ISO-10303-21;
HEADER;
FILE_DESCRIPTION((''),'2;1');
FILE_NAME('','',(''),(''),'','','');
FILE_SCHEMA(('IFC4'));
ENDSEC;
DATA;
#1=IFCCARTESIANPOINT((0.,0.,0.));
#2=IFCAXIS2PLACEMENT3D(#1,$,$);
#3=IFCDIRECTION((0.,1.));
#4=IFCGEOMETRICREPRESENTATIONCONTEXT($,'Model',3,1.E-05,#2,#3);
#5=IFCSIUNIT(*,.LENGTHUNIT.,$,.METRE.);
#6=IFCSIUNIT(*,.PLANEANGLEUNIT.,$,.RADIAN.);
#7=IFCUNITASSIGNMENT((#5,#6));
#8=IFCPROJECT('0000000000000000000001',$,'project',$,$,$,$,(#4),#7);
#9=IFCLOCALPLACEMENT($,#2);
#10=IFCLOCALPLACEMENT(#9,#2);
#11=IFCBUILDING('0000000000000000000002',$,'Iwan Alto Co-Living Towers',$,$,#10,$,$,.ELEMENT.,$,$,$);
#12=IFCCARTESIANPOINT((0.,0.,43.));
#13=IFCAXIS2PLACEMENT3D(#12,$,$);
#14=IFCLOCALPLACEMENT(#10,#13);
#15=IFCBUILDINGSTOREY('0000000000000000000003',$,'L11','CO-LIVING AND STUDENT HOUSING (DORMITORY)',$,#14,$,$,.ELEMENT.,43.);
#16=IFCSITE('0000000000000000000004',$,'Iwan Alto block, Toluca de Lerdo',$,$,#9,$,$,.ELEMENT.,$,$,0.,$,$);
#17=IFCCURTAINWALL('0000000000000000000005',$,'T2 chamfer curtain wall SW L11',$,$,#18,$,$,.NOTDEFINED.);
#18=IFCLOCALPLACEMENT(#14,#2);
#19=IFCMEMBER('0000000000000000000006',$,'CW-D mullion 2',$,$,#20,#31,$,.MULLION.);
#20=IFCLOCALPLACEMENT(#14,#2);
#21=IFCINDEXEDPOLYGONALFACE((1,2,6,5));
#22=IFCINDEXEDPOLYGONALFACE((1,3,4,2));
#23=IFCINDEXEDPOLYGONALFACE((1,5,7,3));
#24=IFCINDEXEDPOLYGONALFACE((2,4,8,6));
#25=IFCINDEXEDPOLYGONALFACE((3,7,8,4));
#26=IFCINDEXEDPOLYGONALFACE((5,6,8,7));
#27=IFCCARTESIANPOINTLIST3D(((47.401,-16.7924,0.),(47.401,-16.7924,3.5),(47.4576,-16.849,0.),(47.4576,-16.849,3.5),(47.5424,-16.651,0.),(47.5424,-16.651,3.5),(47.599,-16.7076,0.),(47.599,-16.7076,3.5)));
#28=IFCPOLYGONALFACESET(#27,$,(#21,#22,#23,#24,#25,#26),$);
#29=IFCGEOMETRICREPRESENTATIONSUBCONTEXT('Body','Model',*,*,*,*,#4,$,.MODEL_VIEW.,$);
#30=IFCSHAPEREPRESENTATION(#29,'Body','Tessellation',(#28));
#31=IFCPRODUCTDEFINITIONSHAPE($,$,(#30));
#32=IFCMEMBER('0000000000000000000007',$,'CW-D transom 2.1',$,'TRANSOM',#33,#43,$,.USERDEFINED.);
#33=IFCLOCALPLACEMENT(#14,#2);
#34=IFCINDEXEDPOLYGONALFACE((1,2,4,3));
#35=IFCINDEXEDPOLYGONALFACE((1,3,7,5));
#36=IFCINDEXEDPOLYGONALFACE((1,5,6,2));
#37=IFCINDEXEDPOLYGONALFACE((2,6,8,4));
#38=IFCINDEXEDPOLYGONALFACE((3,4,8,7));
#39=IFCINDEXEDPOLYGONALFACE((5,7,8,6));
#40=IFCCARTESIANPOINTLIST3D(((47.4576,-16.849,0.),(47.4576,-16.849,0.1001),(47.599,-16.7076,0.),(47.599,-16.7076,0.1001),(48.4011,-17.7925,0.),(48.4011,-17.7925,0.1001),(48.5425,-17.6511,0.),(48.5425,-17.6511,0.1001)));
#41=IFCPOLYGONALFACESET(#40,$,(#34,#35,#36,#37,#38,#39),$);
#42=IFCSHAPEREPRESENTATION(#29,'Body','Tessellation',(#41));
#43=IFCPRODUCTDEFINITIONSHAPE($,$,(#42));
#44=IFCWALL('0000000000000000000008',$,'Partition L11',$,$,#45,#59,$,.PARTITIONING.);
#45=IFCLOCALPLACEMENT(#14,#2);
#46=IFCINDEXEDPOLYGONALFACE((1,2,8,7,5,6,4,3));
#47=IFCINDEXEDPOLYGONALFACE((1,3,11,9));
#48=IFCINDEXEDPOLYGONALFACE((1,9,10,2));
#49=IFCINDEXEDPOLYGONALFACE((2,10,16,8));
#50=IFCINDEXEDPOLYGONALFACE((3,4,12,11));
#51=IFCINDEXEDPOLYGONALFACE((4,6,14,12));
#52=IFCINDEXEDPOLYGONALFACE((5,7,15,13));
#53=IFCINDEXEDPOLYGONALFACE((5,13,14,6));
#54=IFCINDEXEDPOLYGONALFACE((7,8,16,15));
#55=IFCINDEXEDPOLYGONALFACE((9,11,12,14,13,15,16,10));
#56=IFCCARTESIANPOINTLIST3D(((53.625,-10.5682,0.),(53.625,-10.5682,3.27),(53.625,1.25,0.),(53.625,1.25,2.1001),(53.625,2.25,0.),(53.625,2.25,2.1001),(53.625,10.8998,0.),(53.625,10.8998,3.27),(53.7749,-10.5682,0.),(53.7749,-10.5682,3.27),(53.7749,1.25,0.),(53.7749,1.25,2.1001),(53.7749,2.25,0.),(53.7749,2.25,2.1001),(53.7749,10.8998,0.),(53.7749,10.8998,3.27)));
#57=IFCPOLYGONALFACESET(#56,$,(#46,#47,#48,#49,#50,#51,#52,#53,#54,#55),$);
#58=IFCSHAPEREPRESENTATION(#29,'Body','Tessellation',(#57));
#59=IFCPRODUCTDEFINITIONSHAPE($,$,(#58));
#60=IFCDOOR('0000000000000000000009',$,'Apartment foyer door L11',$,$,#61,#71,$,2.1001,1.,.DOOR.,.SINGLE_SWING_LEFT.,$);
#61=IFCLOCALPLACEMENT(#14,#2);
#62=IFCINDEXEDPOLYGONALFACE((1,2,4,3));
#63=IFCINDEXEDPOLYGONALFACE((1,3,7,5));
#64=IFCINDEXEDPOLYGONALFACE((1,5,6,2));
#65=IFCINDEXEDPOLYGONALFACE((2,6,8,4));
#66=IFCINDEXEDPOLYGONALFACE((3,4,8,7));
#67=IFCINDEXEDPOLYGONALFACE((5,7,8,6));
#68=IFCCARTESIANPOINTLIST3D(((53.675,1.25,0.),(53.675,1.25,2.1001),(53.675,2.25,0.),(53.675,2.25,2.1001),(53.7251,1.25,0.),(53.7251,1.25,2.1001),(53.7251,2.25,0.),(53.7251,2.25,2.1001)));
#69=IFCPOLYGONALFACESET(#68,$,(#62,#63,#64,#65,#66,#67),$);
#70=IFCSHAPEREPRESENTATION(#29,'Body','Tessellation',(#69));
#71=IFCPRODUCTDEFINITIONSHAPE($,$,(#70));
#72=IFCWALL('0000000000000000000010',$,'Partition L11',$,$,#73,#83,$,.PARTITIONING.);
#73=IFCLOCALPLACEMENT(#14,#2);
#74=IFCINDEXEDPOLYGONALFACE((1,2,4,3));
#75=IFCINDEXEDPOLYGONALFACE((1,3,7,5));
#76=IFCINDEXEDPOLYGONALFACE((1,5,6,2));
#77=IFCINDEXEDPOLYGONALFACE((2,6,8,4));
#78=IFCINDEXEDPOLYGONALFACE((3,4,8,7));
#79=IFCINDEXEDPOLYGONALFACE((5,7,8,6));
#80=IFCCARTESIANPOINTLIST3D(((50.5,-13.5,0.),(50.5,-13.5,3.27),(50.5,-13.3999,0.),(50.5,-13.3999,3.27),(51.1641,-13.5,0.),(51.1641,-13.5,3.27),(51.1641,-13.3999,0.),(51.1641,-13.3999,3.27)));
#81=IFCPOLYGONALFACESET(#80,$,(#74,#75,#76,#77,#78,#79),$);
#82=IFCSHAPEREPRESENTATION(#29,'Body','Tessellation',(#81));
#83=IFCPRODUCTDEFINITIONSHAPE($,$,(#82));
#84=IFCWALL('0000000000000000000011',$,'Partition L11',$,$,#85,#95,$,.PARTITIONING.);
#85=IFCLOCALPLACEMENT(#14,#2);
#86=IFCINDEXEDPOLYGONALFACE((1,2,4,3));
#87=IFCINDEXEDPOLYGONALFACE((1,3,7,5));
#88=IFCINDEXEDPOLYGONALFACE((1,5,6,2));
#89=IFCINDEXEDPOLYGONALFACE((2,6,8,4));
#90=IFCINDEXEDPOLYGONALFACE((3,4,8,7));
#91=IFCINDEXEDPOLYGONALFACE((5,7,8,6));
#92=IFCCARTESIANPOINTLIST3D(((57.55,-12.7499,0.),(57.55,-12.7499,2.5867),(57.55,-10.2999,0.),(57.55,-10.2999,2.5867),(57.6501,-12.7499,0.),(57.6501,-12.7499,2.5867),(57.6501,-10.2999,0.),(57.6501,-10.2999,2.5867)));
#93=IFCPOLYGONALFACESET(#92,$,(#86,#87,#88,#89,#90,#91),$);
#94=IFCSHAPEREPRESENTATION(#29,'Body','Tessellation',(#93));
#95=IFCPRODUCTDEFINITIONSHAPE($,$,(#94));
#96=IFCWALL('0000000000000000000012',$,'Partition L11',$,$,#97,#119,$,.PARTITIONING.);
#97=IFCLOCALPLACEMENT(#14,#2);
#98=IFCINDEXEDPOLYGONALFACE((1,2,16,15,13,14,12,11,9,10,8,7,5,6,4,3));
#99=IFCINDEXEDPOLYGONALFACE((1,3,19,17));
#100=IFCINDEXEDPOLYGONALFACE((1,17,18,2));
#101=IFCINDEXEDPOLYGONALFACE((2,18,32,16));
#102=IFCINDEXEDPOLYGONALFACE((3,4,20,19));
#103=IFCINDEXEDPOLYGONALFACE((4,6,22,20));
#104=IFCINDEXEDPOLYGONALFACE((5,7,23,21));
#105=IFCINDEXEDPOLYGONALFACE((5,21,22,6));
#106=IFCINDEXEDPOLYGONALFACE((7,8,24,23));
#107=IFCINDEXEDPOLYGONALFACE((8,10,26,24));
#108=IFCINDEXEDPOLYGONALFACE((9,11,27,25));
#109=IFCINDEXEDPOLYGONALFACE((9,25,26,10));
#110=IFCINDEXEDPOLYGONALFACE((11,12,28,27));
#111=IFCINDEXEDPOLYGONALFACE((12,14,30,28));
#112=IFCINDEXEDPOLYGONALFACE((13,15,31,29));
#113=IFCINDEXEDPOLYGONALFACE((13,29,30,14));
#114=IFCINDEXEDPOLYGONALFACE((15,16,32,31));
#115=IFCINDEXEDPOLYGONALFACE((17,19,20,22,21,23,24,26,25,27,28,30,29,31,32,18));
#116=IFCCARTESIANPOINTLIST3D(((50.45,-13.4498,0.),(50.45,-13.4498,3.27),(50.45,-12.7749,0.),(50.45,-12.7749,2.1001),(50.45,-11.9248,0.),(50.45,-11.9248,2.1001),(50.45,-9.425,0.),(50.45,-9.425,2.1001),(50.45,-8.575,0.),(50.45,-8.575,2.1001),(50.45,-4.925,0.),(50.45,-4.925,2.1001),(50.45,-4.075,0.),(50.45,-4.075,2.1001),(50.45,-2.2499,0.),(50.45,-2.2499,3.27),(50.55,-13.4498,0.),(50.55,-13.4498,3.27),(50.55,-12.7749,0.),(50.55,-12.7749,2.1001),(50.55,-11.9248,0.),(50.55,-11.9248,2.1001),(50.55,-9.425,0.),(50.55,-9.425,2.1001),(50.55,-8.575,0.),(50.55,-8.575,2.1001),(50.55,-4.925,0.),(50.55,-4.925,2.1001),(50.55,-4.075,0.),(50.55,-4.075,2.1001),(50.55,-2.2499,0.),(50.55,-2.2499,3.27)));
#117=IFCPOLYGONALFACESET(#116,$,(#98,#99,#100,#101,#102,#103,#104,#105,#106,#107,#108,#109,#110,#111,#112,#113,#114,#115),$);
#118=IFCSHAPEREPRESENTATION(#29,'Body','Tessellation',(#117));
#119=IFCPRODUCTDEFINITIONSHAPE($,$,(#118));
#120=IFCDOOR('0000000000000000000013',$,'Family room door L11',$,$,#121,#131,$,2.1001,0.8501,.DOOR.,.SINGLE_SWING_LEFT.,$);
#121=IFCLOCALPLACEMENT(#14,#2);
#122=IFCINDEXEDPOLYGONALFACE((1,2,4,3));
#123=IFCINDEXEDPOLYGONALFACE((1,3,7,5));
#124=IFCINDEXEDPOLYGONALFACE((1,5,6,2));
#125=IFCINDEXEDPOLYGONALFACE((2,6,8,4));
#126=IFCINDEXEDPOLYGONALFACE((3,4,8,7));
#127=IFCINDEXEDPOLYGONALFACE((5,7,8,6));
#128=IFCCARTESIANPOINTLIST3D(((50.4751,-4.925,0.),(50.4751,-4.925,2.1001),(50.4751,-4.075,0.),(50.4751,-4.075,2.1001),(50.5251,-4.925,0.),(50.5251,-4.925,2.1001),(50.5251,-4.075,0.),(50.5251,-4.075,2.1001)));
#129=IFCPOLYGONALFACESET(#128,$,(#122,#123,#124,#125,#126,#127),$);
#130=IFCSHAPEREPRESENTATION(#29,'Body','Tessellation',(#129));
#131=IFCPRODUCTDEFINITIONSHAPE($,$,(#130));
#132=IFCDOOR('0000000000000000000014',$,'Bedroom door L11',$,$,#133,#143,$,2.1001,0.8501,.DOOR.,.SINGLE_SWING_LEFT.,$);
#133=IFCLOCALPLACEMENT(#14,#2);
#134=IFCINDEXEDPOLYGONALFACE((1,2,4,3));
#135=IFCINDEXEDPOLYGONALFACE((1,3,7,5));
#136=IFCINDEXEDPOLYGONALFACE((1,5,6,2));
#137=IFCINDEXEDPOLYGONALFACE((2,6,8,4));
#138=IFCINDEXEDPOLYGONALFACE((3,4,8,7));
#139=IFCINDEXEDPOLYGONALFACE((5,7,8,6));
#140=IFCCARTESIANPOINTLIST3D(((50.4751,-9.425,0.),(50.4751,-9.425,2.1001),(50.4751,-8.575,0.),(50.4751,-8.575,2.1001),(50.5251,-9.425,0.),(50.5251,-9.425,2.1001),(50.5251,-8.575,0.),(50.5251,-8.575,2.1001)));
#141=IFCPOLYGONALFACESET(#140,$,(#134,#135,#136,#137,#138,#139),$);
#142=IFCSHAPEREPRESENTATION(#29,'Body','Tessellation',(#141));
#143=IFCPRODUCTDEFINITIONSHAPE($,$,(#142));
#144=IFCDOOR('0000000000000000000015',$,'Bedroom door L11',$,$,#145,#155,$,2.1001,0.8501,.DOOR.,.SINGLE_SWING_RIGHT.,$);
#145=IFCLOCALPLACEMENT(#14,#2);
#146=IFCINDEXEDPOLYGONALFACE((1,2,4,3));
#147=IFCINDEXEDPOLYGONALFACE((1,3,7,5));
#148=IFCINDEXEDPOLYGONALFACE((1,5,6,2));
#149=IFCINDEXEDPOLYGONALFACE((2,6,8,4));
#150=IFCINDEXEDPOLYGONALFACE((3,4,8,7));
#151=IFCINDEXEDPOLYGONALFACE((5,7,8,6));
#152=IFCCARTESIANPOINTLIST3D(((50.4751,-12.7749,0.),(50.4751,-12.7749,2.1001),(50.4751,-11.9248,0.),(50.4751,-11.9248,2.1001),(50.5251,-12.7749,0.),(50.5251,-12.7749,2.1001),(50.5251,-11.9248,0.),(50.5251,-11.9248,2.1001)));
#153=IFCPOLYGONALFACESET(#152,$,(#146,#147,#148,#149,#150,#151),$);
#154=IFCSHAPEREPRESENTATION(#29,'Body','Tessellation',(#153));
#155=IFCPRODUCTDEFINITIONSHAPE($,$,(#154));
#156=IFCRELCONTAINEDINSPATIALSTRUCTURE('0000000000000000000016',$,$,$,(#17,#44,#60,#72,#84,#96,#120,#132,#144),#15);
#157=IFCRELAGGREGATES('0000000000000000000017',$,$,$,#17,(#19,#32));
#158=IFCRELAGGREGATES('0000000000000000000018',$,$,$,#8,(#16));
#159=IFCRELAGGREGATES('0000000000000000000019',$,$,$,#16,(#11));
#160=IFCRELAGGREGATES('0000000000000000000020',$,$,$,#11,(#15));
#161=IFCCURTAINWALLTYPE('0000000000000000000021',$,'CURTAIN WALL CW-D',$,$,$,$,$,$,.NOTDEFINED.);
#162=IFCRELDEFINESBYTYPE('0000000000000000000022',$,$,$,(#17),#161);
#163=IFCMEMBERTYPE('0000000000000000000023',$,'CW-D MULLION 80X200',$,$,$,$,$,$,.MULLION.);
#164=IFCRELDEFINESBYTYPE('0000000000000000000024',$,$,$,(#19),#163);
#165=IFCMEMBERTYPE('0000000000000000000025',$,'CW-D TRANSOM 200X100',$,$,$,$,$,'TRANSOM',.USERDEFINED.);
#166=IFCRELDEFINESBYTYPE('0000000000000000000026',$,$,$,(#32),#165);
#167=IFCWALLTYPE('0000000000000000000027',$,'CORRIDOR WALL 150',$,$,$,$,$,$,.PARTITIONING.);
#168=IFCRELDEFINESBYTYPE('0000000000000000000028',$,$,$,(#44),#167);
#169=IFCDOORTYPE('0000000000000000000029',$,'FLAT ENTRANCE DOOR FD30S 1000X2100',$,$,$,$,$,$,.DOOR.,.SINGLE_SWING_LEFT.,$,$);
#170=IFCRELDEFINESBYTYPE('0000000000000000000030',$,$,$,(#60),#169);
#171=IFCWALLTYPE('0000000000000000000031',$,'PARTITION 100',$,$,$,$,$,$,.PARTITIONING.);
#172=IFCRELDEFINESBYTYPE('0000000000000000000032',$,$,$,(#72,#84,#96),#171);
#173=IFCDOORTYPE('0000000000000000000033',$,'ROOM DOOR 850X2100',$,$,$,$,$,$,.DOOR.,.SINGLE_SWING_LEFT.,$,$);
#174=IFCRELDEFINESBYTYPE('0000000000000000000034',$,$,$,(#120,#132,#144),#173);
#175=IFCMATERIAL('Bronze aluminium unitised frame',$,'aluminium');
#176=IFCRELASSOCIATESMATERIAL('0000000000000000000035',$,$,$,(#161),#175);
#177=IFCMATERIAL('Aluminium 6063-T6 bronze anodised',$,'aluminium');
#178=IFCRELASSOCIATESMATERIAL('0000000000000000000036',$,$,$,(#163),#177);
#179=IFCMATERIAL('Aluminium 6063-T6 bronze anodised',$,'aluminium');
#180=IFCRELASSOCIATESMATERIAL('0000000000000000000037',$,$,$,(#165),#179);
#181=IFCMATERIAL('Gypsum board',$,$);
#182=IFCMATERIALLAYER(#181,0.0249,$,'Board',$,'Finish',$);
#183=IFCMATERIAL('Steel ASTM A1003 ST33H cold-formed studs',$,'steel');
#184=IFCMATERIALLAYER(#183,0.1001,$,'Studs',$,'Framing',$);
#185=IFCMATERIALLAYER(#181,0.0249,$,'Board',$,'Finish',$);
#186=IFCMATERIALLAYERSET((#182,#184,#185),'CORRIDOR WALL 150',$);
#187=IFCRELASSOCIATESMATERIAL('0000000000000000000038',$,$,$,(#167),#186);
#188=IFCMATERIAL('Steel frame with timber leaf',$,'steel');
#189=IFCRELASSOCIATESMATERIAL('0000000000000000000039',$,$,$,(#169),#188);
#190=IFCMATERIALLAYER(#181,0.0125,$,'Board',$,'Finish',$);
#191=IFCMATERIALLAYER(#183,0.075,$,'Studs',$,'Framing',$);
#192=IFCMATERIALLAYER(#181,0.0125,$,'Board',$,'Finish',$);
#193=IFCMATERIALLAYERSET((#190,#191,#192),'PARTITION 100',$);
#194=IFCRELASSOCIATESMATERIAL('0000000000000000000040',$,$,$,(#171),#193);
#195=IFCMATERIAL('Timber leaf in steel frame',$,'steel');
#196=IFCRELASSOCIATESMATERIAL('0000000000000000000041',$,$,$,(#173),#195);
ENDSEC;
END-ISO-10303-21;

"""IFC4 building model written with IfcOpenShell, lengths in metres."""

from ifc_helpers import new_model, si_unit, direction, frame, frame_2d, origin, origin_2d, place, context, subcontext, project, spatial, rectangle, extrude, material, layer, layer_set, material_profile, profile_set, type_object, element, fill, aggregate, save


model = new_model("IFC4")

# Units and contexts
model_context = context("Model", 3, precision=1e-05, world=origin(), true_north=direction((0.0, 1.0)))
body_context = subcontext(model_context, "Body", "Model", "MODEL_VIEW")
ifc_project = project(units=[si_unit("LENGTHUNIT", "METRE"), si_unit("PLANEANGLEUNIT", "RADIAN")], contexts=[model_context])

# Site, building, storey
site_placement = place(None, origin())
site = spatial("IfcSite", under=ifc_project, at=site_placement, Name="Iwan Alto block, Toluca de Lerdo", CompositionType="ELEMENT", RefElevation=0.0)
building_placement = place(site_placement, origin())
building = spatial("IfcBuilding", under=site, at=building_placement, Name="Iwan Alto Co-Living Towers", CompositionType="ELEMENT")
storey_placement = place(building_placement, frame((0.0, 0.0, 43.0)))
storey = spatial("IfcBuildingStorey", under=building, at=storey_placement, Name="L11", Description="CO-LIVING AND STUDENT HOUSING (DORMITORY)", CompositionType="ELEMENT", Elevation=43.0)

# Curtain wall, members
ifc_material_1 = material(Name="Bronze aluminium unitised frame", Category="aluminium")
curtain_wall_type = type_object("IfcCurtainWallType", Name="CURTAIN WALL CW-D", PredefinedType="NOTDEFINED", material=ifc_material_1)
curtain_wall_placement = place(storey_placement, origin())
curtain_wall = element("IfcCurtainWall", 1, at=curtain_wall_placement, inside=storey, type_object=curtain_wall_type, Name="T2 chamfer curtain wall SW L11", PredefinedType="NOTDEFINED")
ifc_material_2 = material(Name="Aluminium 6063-T6 bronze anodised", Category="aluminium")
ifc_material_profile_1 = material_profile(ifc_material_2, rectangle(XDim=0.2, YDim=0.0801, at=origin_2d()), Name="AL 80X200")
ifc_profile_set_1 = profile_set([ifc_material_profile_1], Name="Aluminium 6063-T6 bronze anodised")
member_type_1 = type_object("IfcMemberType", Name="CW-D MULLION 80X200", PredefinedType="MULLION", material=ifc_profile_set_1)
member_1_placement = place(storey_placement, frame((47.5, -16.75, 0.0), z_axis=(0.0, 0.0, 1.0), x_axis=(0.707107, 0.707107, 0.0)))
member_1 = element("IfcMember", 2, at=member_1_placement, type_object=member_type_1, Name="CW-D mullion 2", PredefinedType="MULLION", context=body_context, shape_type="SweptSolid", body=[
    extrude(rectangle(XDim=0.2, YDim=0.0801, at=origin_2d()), origin(), (0.0, 0.0, 1.0), 3.5),
])
ifc_material_3 = material(Name="Aluminium 6063-T6 bronze anodised", Category="aluminium")
ifc_material_profile_2 = material_profile(ifc_material_3, rectangle(XDim=0.2, YDim=0.1001, at=origin_2d()), Name="AL 200X100")
ifc_profile_set_2 = profile_set([ifc_material_profile_2], Name="Aluminium 6063-T6 bronze anodised")
member_type_2 = type_object("IfcMemberType", Name="CW-D TRANSOM 200X100", ElementType="TRANSOM", PredefinedType="USERDEFINED", material=ifc_profile_set_2)
member_2_placement = place(storey_placement, frame((47.5283, -16.7783, 0.05), z_axis=(0.707107, -0.707107, 0.0), x_axis=(0.707107, 0.707107, 0.0)))
member_2 = element("IfcMember", 3, at=member_2_placement, type_object=member_type_2, Name="CW-D transom 2.1", ObjectType="TRANSOM", PredefinedType="USERDEFINED", context=body_context, shape_type="SweptSolid", body=[
    extrude(rectangle(XDim=0.2, YDim=0.1001, at=origin_2d()), origin(), (0.0, 0.0, 1.0), 1.3342),
])
aggregate(curtain_wall, [member_1, member_2])

# Wall, opening, door
ifc_material_4 = material(Name="Gypsum board")
ifc_layer_1 = layer(ifc_material_4, 0.0249, Name="Board", Category="Finish")
ifc_material_5 = material(Name="Steel ASTM A1003 ST33H cold-formed studs", Category="steel")
ifc_layer_2 = layer(ifc_material_5, 0.1001, Name="Studs", Category="Framing")
ifc_layer_3 = layer(ifc_material_4, 0.0249, Name="Board", Category="Finish")
ifc_layer_set_1 = layer_set([ifc_layer_1, ifc_layer_2, ifc_layer_3], Name="CORRIDOR WALL 150")
wall_type_1 = type_object("IfcWallType", Name="CORRIDOR WALL 150", PredefinedType="PARTITIONING", material=ifc_layer_set_1)
wall_1_placement = place(storey_placement, frame((53.7, -10.5681, 0.0), z_axis=(0.0, 0.0, 1.0), x_axis=(0.0, 1.0, 0.0)))
wall_1 = element("IfcWall", 4, at=wall_1_placement, inside=storey, type_object=wall_type_1, Name="Partition L11", PredefinedType="PARTITIONING", context=body_context, shape_type="SweptSolid", body=[
    extrude(rectangle(XDim=21.468, YDim=0.1499, at=frame_2d((10.7339, 0.0))), origin(), (0.0, 0.0, 1.0), 3.27),
])
opening_1_placement = place(wall_1_placement, frame((11.8181, 0.0, 0.0)))
opening_1 = element("IfcOpeningElement", 5, at=opening_1_placement, cuts=wall_1, PredefinedType="OPENING", context=body_context, shape_type="SweptSolid", body=[
    extrude(rectangle(XDim=1.0, YDim=2.1001, at=frame_2d((0.5, 1.05))), frame((0.0, 0.085, 0.0), z_axis=(0.0, -1.0, 0.0), x_axis=(1.0, 0.0, 0.0)), (0.0, 0.0, 1.0), 0.1699),
])
ifc_material_6 = material(Name="Steel frame with timber leaf", Category="steel")
door_type_1 = type_object("IfcDoorType", Name="FLAT ENTRANCE DOOR FD30S 1000X2100", OperationType="SINGLE_SWING_LEFT", PredefinedType="DOOR", material=ifc_material_6)
door_1_placement = place(opening_1_placement, origin())
door_1 = element("IfcDoor", 6, at=door_1_placement, inside=storey, type_object=door_type_1, Name="Apartment foyer door L11", OperationType="SINGLE_SWING_LEFT", OverallHeight=2.1001, OverallWidth=1.0, PredefinedType="DOOR", context=body_context, shape_type="SweptSolid", body=[
    extrude(rectangle(XDim=1.0, YDim=2.1001, at=frame_2d((0.5, 1.05))), frame((0.0, 0.0249, 0.0), z_axis=(0.0, -1.0, 0.0), x_axis=(1.0, 0.0, 0.0)), (0.0, 0.0, 1.0), 0.05),
])
fill(opening_1, door_1)

# Walls
ifc_layer_4 = layer(ifc_material_4, 0.0125, Name="Board", Category="Finish")
ifc_layer_5 = layer(ifc_material_5, 0.075, Name="Studs", Category="Framing")
ifc_layer_6 = layer(ifc_material_4, 0.0125, Name="Board", Category="Finish")
ifc_layer_set_2 = layer_set([ifc_layer_4, ifc_layer_5, ifc_layer_6], Name="PARTITION 100")
wall_type_2 = type_object("IfcWallType", Name="PARTITION 100", PredefinedType="PARTITIONING", material=ifc_layer_set_2)
wall_2_placement = place(storey_placement, frame((50.5, -13.45, 0.0), z_axis=(0.0, 0.0, 1.0), x_axis=(1.0, 0.0, 0.0)))
element("IfcWall", 7, at=wall_2_placement, inside=storey, type_object=wall_type_2, Name="Partition L11", PredefinedType="PARTITIONING", context=body_context, shape_type="SweptSolid", body=[
    extrude(rectangle(XDim=0.6641, YDim=0.1001, at=frame_2d((0.332, 0.0))), origin(), (0.0, 0.0, 1.0), 3.27),
])
wall_3_placement = place(storey_placement, frame((57.6001, -12.75, 0.0), z_axis=(0.0, 0.0, 1.0), x_axis=(0.0, 1.0, 0.0)))
element("IfcWall", 8, at=wall_3_placement, inside=storey, type_object=wall_type_2, Name="Partition L11", PredefinedType="PARTITIONING", context=body_context, shape_type="SweptSolid", body=[
    extrude(rectangle(XDim=2.45, YDim=0.1001, at=frame_2d((1.2251, 0.0))), origin(), (0.0, 0.0, 1.0), 2.5867),
])

# Wall, openings, doors
wall_4_placement = place(storey_placement, frame((50.5, -13.45, 0.0), z_axis=(0.0, 0.0, 1.0), x_axis=(0.0, 1.0, 0.0)))
wall_4 = element("IfcWall", 9, at=wall_4_placement, inside=storey, type_object=wall_type_2, Name="Partition L11", PredefinedType="PARTITIONING", context=body_context, shape_type="SweptSolid", body=[
    extrude(rectangle(XDim=11.2, YDim=0.1001, at=frame_2d((5.6001, 0.0))), origin(), (0.0, 0.0, 1.0), 3.27),
])
opening_2_placement = place(wall_4_placement, frame((8.5249, 0.0, 0.0)))
opening_2 = element("IfcOpeningElement", 10, at=opening_2_placement, cuts=wall_4, PredefinedType="OPENING", context=body_context, shape_type="SweptSolid", body=[
    extrude(rectangle(XDim=0.8501, YDim=2.1001, at=frame_2d((0.425, 1.05))), frame((0.0, 0.0601, 0.0), z_axis=(0.0, -1.0, 0.0), x_axis=(1.0, 0.0, 0.0)), (0.0, 0.0, 1.0), 0.1201),
])
opening_3_placement = place(wall_4_placement, frame((4.0249, 0.0, 0.0)))
opening_3 = element("IfcOpeningElement", 11, at=opening_3_placement, cuts=wall_4, PredefinedType="OPENING", context=body_context, shape_type="SweptSolid", body=[
    extrude(rectangle(XDim=0.8501, YDim=2.1001, at=frame_2d((0.425, 1.05))), frame((0.0, 0.0601, 0.0), z_axis=(0.0, -1.0, 0.0), x_axis=(1.0, 0.0, 0.0)), (0.0, 0.0, 1.0), 0.1201),
])
opening_4_placement = place(wall_4_placement, frame((0.675, 0.0, 0.0)))
opening_4 = element("IfcOpeningElement", 12, at=opening_4_placement, cuts=wall_4, PredefinedType="OPENING", context=body_context, shape_type="SweptSolid", body=[
    extrude(rectangle(XDim=0.8501, YDim=2.1001, at=frame_2d((0.425, 1.05))), frame((0.0, 0.0601, 0.0), z_axis=(0.0, -1.0, 0.0), x_axis=(1.0, 0.0, 0.0)), (0.0, 0.0, 1.0), 0.1201),
])
ifc_material_7 = material(Name="Timber leaf in steel frame", Category="steel")
door_type_2 = type_object("IfcDoorType", Name="ROOM DOOR 850X2100", OperationType="SINGLE_SWING_LEFT", PredefinedType="DOOR", material=ifc_material_7)
door_2_placement = place(opening_2_placement, origin())
door_2 = element("IfcDoor", 13, at=door_2_placement, inside=storey, type_object=door_type_2, Name="Family room door L11", OperationType="SINGLE_SWING_LEFT", OverallHeight=2.1001, OverallWidth=0.8501, PredefinedType="DOOR", context=body_context, shape_type="SweptSolid", body=[
    extrude(rectangle(XDim=0.8501, YDim=2.1001, at=frame_2d((0.425, 1.05))), frame((0.0, 0.0249, 0.0), z_axis=(0.0, -1.0, 0.0), x_axis=(1.0, 0.0, 0.0)), (0.0, 0.0, 1.0), 0.05),
])
fill(opening_2, door_2)
door_3_placement = place(opening_3_placement, origin())
door_3 = element("IfcDoor", 14, at=door_3_placement, inside=storey, type_object=door_type_2, Name="Bedroom door L11", OperationType="SINGLE_SWING_LEFT", OverallHeight=2.1001, OverallWidth=0.8501, PredefinedType="DOOR", context=body_context, shape_type="SweptSolid", body=[
    extrude(rectangle(XDim=0.8501, YDim=2.1001, at=frame_2d((0.425, 1.05))), frame((0.0, 0.0249, 0.0), z_axis=(0.0, -1.0, 0.0), x_axis=(1.0, 0.0, 0.0)), (0.0, 0.0, 1.0), 0.05),
])
fill(opening_3, door_3)
door_4_placement = place(opening_4_placement, origin())
door_4 = element("IfcDoor", 15, at=door_4_placement, inside=storey, type_object=door_type_2, Name="Bedroom door L11", OperationType="SINGLE_SWING_RIGHT", OverallHeight=2.1001, OverallWidth=0.8501, PredefinedType="DOOR", context=body_context, shape_type="SweptSolid", body=[
    extrude(rectangle(XDim=0.8501, YDim=2.1001, at=frame_2d((0.425, 1.05))), frame((0.0, 0.0249, 0.0), z_axis=(0.0, -1.0, 0.0), x_axis=(1.0, 0.0, 0.0)), (0.0, 0.0, 1.0), 0.05),
])
fill(opening_4, door_4)

save(model, "model.ifc")
